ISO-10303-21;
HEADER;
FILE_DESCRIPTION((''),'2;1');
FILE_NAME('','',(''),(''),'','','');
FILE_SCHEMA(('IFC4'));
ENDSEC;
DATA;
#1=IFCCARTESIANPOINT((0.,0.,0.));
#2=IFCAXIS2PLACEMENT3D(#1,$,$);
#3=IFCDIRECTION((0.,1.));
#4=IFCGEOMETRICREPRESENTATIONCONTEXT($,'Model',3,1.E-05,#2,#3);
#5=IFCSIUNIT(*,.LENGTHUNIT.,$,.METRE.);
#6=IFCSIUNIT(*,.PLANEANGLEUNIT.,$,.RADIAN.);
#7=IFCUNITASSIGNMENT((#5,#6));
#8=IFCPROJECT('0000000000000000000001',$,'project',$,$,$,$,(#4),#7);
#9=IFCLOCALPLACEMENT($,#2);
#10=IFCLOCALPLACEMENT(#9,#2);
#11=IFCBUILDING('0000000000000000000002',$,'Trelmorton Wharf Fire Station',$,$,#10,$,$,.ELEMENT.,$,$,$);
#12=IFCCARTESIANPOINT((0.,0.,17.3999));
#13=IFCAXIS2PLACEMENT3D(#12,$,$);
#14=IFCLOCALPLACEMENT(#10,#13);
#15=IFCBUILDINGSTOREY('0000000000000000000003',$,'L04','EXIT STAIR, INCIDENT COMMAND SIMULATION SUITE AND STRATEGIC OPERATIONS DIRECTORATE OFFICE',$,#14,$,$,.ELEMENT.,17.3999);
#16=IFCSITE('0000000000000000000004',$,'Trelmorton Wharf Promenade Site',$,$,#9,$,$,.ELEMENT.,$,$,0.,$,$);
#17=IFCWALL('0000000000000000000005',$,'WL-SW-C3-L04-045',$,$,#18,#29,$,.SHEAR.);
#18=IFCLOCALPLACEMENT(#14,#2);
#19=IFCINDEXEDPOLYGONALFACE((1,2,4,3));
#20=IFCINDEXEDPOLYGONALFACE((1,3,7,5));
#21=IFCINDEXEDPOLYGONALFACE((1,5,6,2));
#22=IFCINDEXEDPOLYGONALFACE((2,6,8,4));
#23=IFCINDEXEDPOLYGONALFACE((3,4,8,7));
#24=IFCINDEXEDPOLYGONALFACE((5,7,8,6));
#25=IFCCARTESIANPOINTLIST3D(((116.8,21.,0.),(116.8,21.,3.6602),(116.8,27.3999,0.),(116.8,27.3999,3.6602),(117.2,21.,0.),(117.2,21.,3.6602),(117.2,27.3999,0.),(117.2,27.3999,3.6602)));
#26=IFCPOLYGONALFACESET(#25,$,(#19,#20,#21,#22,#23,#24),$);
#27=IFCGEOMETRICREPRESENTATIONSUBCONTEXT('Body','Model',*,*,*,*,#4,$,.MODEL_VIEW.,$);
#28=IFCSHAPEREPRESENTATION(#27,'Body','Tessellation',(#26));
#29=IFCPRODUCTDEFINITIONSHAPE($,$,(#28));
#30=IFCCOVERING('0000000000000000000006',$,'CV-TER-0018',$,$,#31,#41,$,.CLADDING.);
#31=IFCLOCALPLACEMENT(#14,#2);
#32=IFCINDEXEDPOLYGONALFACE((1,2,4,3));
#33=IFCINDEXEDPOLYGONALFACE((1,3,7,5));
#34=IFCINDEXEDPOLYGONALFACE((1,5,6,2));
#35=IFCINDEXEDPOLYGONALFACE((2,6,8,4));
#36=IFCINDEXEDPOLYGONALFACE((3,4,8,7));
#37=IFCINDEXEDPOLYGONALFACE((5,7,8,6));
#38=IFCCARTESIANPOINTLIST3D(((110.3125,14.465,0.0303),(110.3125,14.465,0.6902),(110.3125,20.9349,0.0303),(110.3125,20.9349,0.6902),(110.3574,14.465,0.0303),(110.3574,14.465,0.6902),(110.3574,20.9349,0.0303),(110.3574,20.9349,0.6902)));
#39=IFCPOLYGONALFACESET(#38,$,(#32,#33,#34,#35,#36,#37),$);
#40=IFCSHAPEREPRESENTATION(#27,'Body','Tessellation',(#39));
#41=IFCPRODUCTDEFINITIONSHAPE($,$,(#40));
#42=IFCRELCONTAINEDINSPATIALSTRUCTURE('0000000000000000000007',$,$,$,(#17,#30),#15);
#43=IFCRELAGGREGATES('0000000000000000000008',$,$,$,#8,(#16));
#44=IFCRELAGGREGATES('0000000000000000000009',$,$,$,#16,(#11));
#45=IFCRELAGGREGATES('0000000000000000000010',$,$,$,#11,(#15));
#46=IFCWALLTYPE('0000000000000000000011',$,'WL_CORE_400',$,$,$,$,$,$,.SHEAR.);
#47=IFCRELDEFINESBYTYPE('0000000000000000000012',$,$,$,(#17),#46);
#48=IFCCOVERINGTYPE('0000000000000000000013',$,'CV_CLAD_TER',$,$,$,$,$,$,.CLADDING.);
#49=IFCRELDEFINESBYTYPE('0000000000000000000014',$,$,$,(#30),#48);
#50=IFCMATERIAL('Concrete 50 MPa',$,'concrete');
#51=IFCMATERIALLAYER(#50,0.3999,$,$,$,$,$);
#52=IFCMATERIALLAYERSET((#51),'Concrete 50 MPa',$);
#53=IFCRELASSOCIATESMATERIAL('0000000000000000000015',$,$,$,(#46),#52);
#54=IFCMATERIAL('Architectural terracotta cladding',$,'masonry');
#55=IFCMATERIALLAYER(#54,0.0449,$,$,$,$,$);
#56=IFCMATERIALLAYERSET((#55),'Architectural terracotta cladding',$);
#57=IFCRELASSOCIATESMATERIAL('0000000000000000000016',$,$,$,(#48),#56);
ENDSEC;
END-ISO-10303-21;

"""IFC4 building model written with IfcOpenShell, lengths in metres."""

from ifc_helpers import new_model, si_unit, direction, frame, frame_2d, origin, origin_2d, place, context, subcontext, project, spatial, rectangle, extrude, material, layer, layer_set, type_object, element, save


model = new_model("IFC4")

# Units and contexts
model_context = context("Model", 3, precision=1e-05, world=origin(), true_north=direction((0.0, 1.0)))
body_context = subcontext(model_context, "Body", "Model", "MODEL_VIEW")
ifc_project = project(units=[si_unit("LENGTHUNIT", "METRE"), si_unit("PLANEANGLEUNIT", "RADIAN")], contexts=[model_context])

# Site, building, storey
site_placement = place(None, origin())
site = spatial("IfcSite", under=ifc_project, at=site_placement, Name="Trelmorton Wharf Promenade Site", CompositionType="ELEMENT", RefElevation=0.0)
building_placement = place(site_placement, origin())
building = spatial("IfcBuilding", under=site, at=building_placement, Name="Trelmorton Wharf Fire Station", CompositionType="ELEMENT")
storey_placement = place(building_placement, frame((0.0, 0.0, 17.3999)))
storey = spatial("IfcBuildingStorey", under=building, at=storey_placement, Name="L04", Description="EXIT STAIR, INCIDENT COMMAND SIMULATION SUITE AND STRATEGIC OPERATIONS DIRECTORATE OFFICE", CompositionType="ELEMENT", Elevation=17.3999)

# Wall
ifc_material_1 = material(Name="Concrete 50 MPa", Category="concrete")
ifc_layer_1 = layer(ifc_material_1, 0.3999)
ifc_layer_set_1 = layer_set([ifc_layer_1], Name="Concrete 50 MPa")
wall_type_1 = type_object("IfcWallType", Name="WL_CORE_400", PredefinedType="SHEAR", material=ifc_layer_set_1)
for number, where, z_axis, x_axis, name in (
    (1, (117.0, 21.0, 0.0), (0.0, 0.0, 1.0), (0.0, 1.0, 0.0), "WL-SW-C3-L04-045"),
):
    element("IfcWall", number, at=place(storey_placement, frame(where, z_axis=z_axis, x_axis=x_axis)), inside=storey, type_object=wall_type_1, Name=name, PredefinedType="SHEAR", context=body_context, shape_type="SweptSolid", body=[
        extrude(rectangle(XDim=6.3999, YDim=0.3999, at=frame_2d((3.2, 0.0))), origin(), (0.0, 0.0, 1.0), 3.6602),
    ])

# Covering
ifc_material_2 = material(Name="Architectural terracotta cladding", Category="masonry")
ifc_layer_2 = layer(ifc_material_2, 0.0449)
ifc_layer_set_2 = layer_set([ifc_layer_2], Name="Architectural terracotta cladding")
covering_type = type_object("IfcCoveringType", Name="CV_CLAD_TER", PredefinedType="CLADDING", material=ifc_layer_set_2)
covering_placement = place(storey_placement, frame((110.335, 17.7, 0.0303), z_axis=(0.0, 0.0, 1.0), x_axis=(0.0, 1.0, 0.0)))
element("IfcCovering", 2, at=covering_placement, inside=storey, type_object=covering_type, Name="CV-TER-0018", PredefinedType="CLADDING", context=body_context, shape_type="SweptSolid", body=[
    extrude(rectangle(XDim=6.47, YDim=0.0449, at=origin_2d()), origin(), (0.0, 0.0, 1.0), 0.6599),
])

save(model, "model.ifc")
